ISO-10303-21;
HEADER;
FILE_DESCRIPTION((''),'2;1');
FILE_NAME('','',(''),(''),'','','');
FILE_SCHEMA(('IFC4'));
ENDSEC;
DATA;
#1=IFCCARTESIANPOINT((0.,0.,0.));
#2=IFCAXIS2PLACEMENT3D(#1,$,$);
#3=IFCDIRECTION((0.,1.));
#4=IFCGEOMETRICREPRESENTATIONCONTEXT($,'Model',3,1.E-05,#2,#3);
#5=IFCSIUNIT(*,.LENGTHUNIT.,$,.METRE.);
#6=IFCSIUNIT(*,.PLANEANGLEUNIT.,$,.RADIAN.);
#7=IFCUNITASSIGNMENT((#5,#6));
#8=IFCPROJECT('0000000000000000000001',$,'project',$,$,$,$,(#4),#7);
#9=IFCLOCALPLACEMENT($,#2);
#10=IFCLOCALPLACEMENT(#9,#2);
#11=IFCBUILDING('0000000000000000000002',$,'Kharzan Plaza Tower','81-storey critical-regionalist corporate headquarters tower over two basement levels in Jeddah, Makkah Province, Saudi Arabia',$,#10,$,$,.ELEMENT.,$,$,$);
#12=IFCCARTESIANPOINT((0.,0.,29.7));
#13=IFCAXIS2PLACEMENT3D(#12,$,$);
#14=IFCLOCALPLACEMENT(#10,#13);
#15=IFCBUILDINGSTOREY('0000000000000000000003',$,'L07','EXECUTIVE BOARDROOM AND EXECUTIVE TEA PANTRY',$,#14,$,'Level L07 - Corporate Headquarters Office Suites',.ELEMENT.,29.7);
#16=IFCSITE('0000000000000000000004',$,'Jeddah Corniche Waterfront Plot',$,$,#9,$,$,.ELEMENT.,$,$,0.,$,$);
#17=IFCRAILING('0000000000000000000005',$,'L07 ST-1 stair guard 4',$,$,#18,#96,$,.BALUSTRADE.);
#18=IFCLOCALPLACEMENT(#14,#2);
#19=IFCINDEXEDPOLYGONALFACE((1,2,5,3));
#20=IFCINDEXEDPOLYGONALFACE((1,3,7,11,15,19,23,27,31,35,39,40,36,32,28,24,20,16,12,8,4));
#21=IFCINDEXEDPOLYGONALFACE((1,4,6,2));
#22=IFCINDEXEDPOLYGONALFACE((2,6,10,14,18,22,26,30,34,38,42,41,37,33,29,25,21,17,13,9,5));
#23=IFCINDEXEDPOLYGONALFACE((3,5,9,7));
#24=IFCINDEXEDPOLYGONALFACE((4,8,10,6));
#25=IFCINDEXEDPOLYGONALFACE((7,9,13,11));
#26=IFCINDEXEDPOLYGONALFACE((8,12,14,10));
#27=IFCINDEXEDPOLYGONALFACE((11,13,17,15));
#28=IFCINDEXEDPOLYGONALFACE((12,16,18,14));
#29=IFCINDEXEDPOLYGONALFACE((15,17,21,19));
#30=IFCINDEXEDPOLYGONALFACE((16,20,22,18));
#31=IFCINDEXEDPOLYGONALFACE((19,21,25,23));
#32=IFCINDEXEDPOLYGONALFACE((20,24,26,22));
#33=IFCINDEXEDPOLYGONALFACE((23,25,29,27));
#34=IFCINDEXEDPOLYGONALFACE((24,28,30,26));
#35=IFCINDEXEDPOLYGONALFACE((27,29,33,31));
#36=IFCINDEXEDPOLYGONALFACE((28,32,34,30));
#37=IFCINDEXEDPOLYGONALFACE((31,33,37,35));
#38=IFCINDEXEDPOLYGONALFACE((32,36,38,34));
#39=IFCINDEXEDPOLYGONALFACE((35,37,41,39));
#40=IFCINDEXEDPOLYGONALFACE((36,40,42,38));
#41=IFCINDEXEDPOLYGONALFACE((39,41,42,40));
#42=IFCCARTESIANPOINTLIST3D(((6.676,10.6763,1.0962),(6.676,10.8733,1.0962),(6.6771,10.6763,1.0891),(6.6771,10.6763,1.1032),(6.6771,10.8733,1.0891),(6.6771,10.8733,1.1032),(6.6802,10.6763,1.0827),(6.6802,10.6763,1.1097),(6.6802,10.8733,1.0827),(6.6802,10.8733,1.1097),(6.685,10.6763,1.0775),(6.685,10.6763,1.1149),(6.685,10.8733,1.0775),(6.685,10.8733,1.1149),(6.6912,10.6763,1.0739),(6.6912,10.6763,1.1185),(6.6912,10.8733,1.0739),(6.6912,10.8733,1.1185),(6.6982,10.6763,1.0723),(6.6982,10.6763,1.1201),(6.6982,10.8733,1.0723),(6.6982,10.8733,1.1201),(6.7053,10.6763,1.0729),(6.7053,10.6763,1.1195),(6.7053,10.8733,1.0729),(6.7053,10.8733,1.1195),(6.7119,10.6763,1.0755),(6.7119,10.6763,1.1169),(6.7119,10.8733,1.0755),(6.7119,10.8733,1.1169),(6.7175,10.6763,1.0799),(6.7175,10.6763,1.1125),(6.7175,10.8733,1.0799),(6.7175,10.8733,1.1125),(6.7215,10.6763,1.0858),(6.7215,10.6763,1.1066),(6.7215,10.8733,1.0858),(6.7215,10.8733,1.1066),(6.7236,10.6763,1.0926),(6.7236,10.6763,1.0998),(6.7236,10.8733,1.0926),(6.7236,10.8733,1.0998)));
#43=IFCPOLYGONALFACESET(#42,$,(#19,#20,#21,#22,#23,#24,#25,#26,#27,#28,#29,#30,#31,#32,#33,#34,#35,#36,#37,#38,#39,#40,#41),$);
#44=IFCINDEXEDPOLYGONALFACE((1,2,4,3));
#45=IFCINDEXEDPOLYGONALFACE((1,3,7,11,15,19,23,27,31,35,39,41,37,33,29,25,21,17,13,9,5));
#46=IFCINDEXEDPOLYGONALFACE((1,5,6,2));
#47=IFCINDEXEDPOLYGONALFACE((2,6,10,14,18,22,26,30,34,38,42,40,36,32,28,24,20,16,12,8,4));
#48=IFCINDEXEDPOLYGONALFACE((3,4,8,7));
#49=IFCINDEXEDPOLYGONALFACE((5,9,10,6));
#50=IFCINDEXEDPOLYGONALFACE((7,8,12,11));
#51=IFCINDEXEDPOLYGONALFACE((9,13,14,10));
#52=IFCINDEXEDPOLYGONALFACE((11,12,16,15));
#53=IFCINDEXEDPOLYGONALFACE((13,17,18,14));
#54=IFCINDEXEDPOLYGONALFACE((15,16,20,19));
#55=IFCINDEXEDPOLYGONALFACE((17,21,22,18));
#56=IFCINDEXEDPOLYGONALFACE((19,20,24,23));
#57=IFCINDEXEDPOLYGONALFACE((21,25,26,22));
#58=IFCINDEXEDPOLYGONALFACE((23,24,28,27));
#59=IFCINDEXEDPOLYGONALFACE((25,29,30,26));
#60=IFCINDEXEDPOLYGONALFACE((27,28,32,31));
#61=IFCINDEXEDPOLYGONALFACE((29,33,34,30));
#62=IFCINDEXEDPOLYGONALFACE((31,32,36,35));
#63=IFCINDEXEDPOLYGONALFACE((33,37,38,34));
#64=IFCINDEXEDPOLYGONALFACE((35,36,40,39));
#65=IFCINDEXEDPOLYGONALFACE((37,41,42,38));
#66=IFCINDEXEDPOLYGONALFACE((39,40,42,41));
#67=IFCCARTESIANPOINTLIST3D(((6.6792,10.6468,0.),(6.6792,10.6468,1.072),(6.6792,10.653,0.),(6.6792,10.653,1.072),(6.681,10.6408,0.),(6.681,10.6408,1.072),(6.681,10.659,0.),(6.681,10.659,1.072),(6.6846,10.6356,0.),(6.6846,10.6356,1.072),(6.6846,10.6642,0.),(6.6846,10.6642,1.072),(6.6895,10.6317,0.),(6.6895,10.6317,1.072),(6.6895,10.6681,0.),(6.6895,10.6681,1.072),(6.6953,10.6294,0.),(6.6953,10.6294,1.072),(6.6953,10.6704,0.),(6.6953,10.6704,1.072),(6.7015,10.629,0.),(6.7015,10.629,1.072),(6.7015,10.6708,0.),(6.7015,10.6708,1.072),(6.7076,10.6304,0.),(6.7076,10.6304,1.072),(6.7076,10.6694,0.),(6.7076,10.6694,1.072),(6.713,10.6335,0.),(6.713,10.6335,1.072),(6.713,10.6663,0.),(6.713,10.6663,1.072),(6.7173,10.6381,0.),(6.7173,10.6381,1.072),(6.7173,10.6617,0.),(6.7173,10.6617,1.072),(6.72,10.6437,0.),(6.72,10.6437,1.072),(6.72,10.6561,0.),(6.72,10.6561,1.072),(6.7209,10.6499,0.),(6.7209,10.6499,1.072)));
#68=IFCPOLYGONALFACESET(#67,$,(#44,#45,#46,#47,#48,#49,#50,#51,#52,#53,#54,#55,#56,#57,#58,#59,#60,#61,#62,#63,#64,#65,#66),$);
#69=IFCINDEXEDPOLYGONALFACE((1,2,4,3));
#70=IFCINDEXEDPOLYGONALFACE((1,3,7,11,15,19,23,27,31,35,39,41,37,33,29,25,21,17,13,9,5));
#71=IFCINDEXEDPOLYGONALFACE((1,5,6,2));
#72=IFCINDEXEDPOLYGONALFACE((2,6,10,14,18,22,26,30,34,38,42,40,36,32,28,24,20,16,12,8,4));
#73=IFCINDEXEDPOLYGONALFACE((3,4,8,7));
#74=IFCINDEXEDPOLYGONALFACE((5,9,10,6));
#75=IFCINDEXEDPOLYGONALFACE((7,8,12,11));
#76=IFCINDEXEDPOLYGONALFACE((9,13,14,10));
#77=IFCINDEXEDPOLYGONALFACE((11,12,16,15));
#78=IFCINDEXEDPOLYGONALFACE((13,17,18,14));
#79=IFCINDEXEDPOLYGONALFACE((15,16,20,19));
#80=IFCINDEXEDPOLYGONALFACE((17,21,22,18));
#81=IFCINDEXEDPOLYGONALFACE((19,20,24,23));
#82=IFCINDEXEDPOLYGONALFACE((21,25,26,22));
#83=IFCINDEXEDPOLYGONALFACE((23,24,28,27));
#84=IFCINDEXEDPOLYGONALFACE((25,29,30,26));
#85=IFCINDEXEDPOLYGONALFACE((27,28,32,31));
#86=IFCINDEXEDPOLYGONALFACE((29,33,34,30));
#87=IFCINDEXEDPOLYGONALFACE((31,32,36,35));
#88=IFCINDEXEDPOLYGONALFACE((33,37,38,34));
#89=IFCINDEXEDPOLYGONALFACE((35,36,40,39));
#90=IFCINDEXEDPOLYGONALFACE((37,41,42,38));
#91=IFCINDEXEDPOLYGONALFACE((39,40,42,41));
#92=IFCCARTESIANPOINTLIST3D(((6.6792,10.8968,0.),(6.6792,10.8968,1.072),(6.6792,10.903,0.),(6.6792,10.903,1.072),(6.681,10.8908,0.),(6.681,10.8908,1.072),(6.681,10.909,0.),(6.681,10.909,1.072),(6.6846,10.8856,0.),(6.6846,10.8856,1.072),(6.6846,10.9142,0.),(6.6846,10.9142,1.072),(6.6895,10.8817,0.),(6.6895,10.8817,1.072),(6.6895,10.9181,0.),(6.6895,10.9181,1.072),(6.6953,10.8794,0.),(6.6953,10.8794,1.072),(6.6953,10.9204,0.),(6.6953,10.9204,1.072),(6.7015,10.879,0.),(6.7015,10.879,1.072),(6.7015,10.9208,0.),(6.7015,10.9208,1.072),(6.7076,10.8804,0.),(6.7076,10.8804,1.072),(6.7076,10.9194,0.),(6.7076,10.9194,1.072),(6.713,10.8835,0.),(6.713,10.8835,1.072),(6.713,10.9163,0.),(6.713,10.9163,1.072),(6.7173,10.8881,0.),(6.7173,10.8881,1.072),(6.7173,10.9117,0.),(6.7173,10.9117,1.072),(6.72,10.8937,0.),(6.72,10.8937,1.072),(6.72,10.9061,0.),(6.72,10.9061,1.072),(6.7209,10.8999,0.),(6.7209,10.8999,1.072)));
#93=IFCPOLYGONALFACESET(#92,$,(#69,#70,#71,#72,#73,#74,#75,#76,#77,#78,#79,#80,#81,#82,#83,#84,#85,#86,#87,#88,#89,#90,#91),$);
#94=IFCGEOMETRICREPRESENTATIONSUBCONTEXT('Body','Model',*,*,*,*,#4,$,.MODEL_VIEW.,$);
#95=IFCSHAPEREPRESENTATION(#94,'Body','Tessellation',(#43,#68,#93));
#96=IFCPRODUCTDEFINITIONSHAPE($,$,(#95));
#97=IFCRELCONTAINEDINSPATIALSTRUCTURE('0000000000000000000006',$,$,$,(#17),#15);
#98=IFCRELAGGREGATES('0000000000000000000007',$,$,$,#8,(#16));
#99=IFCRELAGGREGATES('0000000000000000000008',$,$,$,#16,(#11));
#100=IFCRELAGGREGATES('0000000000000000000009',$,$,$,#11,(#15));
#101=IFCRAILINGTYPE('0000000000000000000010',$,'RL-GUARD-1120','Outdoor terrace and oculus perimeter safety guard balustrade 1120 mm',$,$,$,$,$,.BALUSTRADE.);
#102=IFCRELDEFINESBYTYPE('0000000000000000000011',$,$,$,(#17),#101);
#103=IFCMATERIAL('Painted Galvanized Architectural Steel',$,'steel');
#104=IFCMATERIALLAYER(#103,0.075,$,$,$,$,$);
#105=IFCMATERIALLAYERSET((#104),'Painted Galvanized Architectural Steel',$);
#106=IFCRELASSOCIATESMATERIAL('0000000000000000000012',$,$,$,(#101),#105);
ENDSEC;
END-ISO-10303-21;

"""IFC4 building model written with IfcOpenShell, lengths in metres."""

from ifc_helpers import new_model, si_unit, direction, frame, origin, origin_2d, place, context, subcontext, project, spatial, circle, extrude, source, transform, mapped, material, layer, layer_set, type_object, element, save


model = new_model("IFC4")

# Units and contexts
model_context = context("Model", 3, precision=1e-05, world=origin(), true_north=direction((0.0, 1.0)))
body_context = subcontext(model_context, "Body", "Model", "MODEL_VIEW")
ifc_project = project(units=[si_unit("LENGTHUNIT", "METRE"), si_unit("PLANEANGLEUNIT", "RADIAN")], contexts=[model_context])

# Site, building, storey
site_placement = place(None, origin())
site = spatial("IfcSite", under=ifc_project, at=site_placement, Name="Jeddah Corniche Waterfront Plot", CompositionType="ELEMENT", RefElevation=0.0)
building_placement = place(site_placement, origin())
building = spatial("IfcBuilding", under=site, at=building_placement, Name="Kharzan Plaza Tower", Description="81-storey critical-regionalist corporate headquarters tower over two basement levels in Jeddah, Makkah Province, Saudi Arabia", CompositionType="ELEMENT")
storey_placement = place(building_placement, frame((0.0, 0.0, 29.7)))
storey = spatial("IfcBuildingStorey", under=building, at=storey_placement, Name="L07", Description="EXECUTIVE BOARDROOM AND EXECUTIVE TEA PANTRY", LongName="Level L07 - Corporate Headquarters Office Suites", CompositionType="ELEMENT", Elevation=29.7)

# Railing
ifc_material_1 = material(Name="Painted Galvanized Architectural Steel", Category="steel")
ifc_layer_1 = layer(ifc_material_1, 0.075)
ifc_layer_set_1 = layer_set([ifc_layer_1], Name="Painted Galvanized Architectural Steel")
railing_type_1 = type_object("IfcRailingType", Name="RL-GUARD-1120", Description="Outdoor terrace and oculus perimeter safety guard balustrade 1120 mm", PredefinedType="BALUSTRADE", material=ifc_layer_set_1)
shared_shape_1 = source(origin(), body_context, "Body", "SweptSolid", [
    extrude(circle(Radius=0.0239, at=origin_2d()), frame((0.0, 0.0264, 1.0962), z_axis=(0.0, 1.0, 0.0), x_axis=(-1.0, 0.0, 0.0)), (0.0, 0.0, 1.0), 0.197),
    extrude(circle(Radius=0.021, at=origin_2d()), origin(), (0.0, 0.0, 1.0), 1.072),
    extrude(circle(Radius=0.021, at=origin_2d()), frame((0.0, 0.25, 0.0)), (0.0, 0.0, 1.0), 1.072),
])
railing_1_placement = place(storey_placement, frame((6.7, 10.6499, 0.0)))
element("IfcRailing", 1, at=railing_1_placement, inside=storey, type_object=railing_type_1, Name="L07 ST-1 stair guard 4", PredefinedType="BALUSTRADE", context=body_context, shape_type="MappedRepresentation", body=[
    mapped(shared_shape_1, transform((0.0, 0.0, 0.0), x_axis=(1.0, 0.0, 0.0), y_axis=(0.0, 1.0, 0.0), z_axis=(0.0, 0.0, 1.0))),
])

save(model, "model.ifc")
